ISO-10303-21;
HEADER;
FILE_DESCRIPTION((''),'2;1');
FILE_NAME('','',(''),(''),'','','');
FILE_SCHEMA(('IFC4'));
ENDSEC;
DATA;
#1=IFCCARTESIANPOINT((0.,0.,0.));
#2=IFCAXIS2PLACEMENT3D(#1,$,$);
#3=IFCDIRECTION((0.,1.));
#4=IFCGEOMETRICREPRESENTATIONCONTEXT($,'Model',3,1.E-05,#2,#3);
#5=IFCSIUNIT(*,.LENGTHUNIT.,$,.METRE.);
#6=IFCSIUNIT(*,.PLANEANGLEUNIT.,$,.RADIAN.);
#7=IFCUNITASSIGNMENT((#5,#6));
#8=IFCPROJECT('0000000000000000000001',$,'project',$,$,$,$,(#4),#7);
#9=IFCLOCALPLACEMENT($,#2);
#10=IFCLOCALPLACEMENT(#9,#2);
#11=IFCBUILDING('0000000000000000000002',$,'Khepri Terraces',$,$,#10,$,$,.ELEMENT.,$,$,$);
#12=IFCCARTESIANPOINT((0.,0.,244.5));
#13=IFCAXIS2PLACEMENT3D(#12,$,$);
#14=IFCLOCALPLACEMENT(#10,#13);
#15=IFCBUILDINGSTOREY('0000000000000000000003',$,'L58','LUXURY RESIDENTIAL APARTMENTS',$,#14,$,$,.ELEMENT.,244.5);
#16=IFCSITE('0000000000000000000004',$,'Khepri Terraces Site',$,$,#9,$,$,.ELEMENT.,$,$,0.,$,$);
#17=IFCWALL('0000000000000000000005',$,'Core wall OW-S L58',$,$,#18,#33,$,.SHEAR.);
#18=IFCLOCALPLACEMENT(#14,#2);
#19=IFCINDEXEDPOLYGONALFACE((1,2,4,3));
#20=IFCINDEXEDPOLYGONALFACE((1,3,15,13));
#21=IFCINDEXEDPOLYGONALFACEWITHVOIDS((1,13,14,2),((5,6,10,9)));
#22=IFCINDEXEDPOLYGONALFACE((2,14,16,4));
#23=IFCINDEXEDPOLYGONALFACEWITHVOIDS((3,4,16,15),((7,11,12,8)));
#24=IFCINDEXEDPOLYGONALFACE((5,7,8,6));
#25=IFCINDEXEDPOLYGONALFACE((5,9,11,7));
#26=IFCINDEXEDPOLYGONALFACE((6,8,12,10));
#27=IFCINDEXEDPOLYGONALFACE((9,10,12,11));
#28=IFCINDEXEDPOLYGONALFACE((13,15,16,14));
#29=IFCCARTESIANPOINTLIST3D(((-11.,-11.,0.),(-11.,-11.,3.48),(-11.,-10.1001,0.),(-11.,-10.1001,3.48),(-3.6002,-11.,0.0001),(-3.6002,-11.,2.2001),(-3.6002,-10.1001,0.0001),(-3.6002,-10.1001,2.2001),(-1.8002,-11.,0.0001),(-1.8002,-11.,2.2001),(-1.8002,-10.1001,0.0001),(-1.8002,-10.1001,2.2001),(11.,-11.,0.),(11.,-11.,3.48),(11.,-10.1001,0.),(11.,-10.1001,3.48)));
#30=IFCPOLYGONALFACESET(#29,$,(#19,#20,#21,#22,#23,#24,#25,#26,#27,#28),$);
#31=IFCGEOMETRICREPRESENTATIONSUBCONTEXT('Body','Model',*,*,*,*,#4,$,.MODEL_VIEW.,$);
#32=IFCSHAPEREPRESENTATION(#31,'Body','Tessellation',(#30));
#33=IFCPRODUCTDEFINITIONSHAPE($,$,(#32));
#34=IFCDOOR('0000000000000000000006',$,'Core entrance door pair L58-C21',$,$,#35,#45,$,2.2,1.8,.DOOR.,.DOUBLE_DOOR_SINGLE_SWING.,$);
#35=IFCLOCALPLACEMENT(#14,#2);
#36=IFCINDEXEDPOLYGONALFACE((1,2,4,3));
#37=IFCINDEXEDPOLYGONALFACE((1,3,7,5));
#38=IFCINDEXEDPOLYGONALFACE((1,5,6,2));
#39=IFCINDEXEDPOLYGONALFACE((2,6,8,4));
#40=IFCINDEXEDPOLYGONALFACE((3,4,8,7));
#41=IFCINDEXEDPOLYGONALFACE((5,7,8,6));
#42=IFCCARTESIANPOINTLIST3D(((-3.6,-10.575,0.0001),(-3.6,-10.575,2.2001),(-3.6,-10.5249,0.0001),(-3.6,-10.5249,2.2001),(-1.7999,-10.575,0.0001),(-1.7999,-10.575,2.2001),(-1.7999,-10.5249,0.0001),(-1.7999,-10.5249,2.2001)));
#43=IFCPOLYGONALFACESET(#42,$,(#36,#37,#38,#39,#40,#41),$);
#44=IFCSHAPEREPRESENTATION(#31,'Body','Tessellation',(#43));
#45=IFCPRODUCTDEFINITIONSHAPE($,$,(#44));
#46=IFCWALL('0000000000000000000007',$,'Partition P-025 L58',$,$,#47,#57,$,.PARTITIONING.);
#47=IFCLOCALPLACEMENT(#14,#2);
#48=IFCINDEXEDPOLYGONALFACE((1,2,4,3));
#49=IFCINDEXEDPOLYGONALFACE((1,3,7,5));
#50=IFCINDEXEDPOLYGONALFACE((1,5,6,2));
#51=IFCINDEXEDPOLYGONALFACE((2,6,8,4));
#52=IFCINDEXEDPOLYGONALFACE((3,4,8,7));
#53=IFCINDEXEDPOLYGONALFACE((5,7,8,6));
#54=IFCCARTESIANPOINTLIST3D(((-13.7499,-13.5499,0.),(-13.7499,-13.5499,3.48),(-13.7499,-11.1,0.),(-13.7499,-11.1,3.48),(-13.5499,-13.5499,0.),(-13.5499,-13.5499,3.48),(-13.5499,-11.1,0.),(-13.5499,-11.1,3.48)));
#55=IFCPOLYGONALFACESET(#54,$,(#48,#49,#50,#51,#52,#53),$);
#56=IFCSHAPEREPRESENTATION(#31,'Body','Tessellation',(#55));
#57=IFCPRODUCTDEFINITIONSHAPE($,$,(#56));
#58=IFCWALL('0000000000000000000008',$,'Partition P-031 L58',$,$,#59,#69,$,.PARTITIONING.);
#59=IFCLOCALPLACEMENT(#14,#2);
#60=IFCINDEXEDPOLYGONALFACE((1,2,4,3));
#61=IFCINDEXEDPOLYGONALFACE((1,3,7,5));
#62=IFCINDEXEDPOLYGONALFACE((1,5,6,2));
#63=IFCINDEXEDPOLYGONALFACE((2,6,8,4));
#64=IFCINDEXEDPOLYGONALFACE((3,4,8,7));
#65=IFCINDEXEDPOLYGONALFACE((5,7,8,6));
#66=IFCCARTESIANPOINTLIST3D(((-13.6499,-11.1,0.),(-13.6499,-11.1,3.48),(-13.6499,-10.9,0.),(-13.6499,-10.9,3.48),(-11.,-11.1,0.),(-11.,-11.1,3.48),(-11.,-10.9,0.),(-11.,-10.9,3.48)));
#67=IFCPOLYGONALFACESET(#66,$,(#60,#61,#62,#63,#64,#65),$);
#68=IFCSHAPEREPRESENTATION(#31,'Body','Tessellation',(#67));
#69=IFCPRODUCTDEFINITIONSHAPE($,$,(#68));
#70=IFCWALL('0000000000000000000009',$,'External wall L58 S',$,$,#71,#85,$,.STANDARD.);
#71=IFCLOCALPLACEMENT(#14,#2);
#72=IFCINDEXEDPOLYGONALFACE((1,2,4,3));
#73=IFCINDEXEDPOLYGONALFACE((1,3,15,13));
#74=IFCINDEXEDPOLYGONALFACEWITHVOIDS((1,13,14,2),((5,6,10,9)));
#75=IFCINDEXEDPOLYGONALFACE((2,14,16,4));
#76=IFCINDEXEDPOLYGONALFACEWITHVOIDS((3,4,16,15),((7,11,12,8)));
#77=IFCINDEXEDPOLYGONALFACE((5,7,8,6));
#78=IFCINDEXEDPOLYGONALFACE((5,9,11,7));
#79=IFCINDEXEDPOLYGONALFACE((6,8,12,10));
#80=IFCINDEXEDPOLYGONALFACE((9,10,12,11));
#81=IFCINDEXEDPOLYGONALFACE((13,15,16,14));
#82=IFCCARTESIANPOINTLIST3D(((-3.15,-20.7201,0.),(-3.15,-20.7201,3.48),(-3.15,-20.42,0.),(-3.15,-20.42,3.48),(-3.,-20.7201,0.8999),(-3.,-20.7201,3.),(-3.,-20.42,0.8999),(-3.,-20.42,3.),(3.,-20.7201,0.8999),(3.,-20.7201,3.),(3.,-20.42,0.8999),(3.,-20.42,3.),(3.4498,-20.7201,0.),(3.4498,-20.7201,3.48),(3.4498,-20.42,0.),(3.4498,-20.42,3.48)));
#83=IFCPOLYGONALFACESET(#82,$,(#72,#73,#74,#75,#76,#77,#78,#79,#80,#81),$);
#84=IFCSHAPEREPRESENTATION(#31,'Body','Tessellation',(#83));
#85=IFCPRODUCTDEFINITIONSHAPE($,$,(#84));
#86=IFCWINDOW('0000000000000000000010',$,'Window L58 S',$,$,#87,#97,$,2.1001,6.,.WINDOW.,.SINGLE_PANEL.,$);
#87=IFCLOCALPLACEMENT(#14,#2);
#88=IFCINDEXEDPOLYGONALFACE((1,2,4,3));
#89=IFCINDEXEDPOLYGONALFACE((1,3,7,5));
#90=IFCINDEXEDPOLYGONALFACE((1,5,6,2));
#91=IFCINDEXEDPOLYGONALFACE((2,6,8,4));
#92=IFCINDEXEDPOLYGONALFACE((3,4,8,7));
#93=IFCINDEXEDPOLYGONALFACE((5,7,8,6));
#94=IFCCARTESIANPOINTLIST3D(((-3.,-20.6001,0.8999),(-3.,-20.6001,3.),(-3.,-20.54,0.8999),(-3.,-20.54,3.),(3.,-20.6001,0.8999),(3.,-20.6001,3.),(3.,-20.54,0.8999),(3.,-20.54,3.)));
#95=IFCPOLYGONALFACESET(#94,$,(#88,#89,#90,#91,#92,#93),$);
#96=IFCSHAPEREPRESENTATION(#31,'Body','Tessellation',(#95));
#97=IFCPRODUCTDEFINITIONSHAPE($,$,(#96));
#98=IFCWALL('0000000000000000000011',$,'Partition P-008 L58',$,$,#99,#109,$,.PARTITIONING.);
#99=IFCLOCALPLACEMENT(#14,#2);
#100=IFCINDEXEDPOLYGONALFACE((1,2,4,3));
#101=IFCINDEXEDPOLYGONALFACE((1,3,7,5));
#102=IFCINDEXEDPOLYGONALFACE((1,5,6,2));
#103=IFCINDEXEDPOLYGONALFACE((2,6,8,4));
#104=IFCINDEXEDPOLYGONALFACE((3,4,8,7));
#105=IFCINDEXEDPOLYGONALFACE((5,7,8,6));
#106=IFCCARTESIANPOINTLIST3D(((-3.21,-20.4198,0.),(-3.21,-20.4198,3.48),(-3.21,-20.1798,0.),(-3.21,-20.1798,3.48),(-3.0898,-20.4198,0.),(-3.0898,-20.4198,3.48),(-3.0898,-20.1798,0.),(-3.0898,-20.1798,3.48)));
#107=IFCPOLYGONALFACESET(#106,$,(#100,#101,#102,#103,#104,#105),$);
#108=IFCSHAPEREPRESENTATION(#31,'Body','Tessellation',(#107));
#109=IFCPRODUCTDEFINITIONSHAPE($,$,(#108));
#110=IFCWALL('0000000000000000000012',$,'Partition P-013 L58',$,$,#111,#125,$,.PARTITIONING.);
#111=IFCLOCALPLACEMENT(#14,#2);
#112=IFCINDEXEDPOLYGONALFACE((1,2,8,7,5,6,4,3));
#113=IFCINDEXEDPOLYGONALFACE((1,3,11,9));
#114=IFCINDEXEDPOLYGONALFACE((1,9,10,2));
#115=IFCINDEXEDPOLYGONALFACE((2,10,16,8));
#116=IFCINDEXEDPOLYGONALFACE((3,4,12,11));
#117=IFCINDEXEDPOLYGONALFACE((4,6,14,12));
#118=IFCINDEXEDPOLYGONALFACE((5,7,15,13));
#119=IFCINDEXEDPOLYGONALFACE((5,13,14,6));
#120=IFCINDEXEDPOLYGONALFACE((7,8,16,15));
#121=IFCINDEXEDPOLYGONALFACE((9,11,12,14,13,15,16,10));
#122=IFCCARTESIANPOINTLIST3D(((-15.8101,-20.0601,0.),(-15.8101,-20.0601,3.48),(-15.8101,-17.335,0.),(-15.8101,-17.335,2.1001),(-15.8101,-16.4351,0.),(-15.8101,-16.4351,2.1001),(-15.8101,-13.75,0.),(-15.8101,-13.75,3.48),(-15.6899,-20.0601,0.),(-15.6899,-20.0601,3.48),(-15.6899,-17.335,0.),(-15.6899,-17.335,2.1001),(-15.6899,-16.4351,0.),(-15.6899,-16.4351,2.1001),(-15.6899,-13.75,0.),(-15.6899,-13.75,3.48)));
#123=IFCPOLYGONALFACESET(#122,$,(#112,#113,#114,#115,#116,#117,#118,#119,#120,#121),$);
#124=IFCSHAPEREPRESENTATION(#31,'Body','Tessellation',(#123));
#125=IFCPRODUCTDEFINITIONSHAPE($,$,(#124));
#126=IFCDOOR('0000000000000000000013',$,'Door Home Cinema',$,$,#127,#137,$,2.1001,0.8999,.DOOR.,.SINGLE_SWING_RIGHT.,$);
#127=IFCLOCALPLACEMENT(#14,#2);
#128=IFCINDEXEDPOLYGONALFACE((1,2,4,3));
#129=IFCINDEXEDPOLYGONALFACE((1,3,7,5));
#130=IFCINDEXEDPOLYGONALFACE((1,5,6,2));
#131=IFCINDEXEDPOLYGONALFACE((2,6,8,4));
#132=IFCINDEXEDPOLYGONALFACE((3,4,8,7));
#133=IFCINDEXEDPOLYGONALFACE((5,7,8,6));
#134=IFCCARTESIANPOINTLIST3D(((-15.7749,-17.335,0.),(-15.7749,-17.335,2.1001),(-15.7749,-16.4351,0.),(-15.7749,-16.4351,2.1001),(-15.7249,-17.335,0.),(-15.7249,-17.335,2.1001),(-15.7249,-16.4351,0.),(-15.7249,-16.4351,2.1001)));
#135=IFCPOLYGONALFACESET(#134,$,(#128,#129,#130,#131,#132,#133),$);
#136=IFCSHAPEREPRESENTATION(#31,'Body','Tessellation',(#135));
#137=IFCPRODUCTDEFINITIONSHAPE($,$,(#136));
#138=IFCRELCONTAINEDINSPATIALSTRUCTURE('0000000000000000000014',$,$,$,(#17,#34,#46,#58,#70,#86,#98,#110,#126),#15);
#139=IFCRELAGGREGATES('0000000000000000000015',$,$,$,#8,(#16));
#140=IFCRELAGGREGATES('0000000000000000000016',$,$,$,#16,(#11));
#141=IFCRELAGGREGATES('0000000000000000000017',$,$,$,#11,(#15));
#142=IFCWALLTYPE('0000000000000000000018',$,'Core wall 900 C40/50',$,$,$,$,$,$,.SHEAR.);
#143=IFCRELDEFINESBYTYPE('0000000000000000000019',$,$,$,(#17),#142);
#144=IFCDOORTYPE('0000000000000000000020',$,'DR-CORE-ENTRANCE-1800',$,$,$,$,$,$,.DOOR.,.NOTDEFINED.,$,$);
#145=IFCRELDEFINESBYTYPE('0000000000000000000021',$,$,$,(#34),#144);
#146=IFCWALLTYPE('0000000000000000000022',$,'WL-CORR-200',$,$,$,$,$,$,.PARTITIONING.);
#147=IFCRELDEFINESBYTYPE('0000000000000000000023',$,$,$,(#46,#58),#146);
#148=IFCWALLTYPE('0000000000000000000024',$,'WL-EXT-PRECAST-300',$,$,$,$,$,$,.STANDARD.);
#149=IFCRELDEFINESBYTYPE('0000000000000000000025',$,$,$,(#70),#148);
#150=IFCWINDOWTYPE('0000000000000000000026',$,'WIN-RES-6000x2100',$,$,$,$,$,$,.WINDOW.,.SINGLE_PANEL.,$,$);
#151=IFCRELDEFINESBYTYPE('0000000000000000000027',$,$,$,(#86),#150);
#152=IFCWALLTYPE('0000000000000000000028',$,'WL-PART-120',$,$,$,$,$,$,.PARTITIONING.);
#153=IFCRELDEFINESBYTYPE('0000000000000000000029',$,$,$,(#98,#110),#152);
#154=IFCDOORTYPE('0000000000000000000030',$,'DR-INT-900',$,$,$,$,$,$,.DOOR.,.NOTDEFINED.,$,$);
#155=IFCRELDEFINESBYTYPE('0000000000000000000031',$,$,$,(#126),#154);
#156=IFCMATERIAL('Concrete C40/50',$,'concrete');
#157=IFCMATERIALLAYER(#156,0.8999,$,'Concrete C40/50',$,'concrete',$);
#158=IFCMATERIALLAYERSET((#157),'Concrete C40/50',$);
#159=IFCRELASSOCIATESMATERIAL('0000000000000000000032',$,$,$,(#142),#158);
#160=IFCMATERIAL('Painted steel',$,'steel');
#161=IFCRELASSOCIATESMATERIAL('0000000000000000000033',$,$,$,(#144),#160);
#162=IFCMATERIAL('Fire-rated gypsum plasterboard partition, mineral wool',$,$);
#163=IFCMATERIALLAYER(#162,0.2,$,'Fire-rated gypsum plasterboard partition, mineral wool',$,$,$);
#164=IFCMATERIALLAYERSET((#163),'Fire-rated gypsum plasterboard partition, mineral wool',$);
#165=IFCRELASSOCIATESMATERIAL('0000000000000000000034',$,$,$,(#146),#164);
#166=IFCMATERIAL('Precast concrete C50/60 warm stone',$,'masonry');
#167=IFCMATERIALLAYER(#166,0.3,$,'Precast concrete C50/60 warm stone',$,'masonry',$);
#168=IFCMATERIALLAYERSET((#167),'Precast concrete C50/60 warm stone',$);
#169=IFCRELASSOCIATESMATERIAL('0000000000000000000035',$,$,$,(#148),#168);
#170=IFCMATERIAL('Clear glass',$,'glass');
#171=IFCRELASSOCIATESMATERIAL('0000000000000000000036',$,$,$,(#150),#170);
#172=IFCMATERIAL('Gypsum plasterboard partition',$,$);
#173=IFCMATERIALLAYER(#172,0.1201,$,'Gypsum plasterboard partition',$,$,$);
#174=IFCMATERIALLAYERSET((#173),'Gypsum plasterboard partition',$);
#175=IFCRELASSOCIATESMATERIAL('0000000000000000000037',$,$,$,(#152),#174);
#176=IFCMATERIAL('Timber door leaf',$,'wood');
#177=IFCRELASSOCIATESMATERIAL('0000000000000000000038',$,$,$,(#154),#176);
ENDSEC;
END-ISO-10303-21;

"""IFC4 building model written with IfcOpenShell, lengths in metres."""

from ifc_helpers import new_model, si_unit, direction, frame, frame_2d, origin, place, context, subcontext, project, spatial, rectangle, extrude, material, layer, layer_set, type_object, element, fill, save


model = new_model("IFC4")

# Units and contexts
model_context = context("Model", 3, precision=1e-05, world=origin(), true_north=direction((0.0, 1.0)))
body_context = subcontext(model_context, "Body", "Model", "MODEL_VIEW")
ifc_project = project(units=[si_unit("LENGTHUNIT", "METRE"), si_unit("PLANEANGLEUNIT", "RADIAN")], contexts=[model_context])

# Site, building, storey
site_placement = place(None, origin())
site = spatial("IfcSite", under=ifc_project, at=site_placement, Name="Khepri Terraces Site", CompositionType="ELEMENT", RefElevation=0.0)
building_placement = place(site_placement, origin())
building = spatial("IfcBuilding", under=site, at=building_placement, Name="Khepri Terraces", CompositionType="ELEMENT")
storey_placement = place(building_placement, frame((0.0, 0.0, 244.5)))
storey = spatial("IfcBuildingStorey", under=building, at=storey_placement, Name="L58", Description="LUXURY RESIDENTIAL APARTMENTS", CompositionType="ELEMENT", Elevation=244.5)

# Wall, opening, door
ifc_material_1 = material(Name="Concrete C40/50", Category="concrete")
ifc_layer_1 = layer(ifc_material_1, 0.8999, Name="Concrete C40/50", Category="concrete")
ifc_layer_set_1 = layer_set([ifc_layer_1], Name="Concrete C40/50")
wall_type_1 = type_object("IfcWallType", Name="Core wall 900 C40/50", PredefinedType="SHEAR", material=ifc_layer_set_1)
wall_1_placement = place(storey_placement, frame((-11.0, -10.55, 0.0), z_axis=(0.0, 0.0, 1.0), x_axis=(1.0, 0.0, 0.0)))
wall_1 = element("IfcWall", 1, at=wall_1_placement, inside=storey, type_object=wall_type_1, Name="Core wall OW-S L58", PredefinedType="SHEAR", context=body_context, shape_type="SweptSolid", body=[
    extrude(rectangle(XDim=22.0, YDim=0.8999, at=frame_2d((11.0, 0.0))), origin(), (0.0, 0.0, 1.0), 3.48),
])
opening_1_placement = place(wall_1_placement, frame((7.3999, 0.0, 0.0)))
opening_1 = element("IfcOpeningElement", 2, at=opening_1_placement, cuts=wall_1, PredefinedType="OPENING", context=body_context, shape_type="SweptSolid", body=[
    extrude(rectangle(XDim=1.8, YDim=2.2, at=frame_2d((0.8999, 1.1001))), frame((0.0, 0.46, 0.0), z_axis=(0.0, -1.0, 0.0), x_axis=(1.0, 0.0, 0.0)), (0.0, 0.0, 1.0), 0.9199),
])
ifc_material_2 = material(Name="Painted steel", Category="steel")
door_type_1 = type_object("IfcDoorType", Name="DR-CORE-ENTRANCE-1800", OperationType="NOTDEFINED", PredefinedType="DOOR", material=ifc_material_2)
door_1_placement = place(opening_1_placement, frame((1.8, 0.0, 0.0), z_axis=(0.0, 0.0, 1.0), x_axis=(-1.0, 0.0, 0.0)))
door_1 = element("IfcDoor", 3, at=door_1_placement, inside=storey, type_object=door_type_1, Name="Core entrance door pair L58-C21", OperationType="DOUBLE_DOOR_SINGLE_SWING", OverallHeight=2.2, OverallWidth=1.8, PredefinedType="DOOR", context=body_context, shape_type="SweptSolid", body=[
    extrude(rectangle(XDim=1.8, YDim=2.2, at=frame_2d((0.8999, 1.1001))), frame((0.0, 0.0249, 0.0), z_axis=(0.0, -1.0, 0.0), x_axis=(1.0, 0.0, 0.0)), (0.0, 0.0, 1.0), 0.05),
])
fill(opening_1, door_1)

# Walls
ifc_material_3 = material(Name="Fire-rated gypsum plasterboard partition, mineral wool")
ifc_layer_2 = layer(ifc_material_3, 0.2, Name="Fire-rated gypsum plasterboard partition, mineral wool")
ifc_layer_set_2 = layer_set([ifc_layer_2], Name="Fire-rated gypsum plasterboard partition, mineral wool")
wall_type_2 = type_object("IfcWallType", Name="WL-CORR-200", PredefinedType="PARTITIONING", material=ifc_layer_set_2)
wall_2_placement = place(storey_placement, frame((-13.6499, -13.55, 0.0), z_axis=(0.0, 0.0, 1.0), x_axis=(0.0, 1.0, 0.0)))
element("IfcWall", 4, at=wall_2_placement, inside=storey, type_object=wall_type_2, Name="Partition P-025 L58", PredefinedType="PARTITIONING", context=body_context, shape_type="SweptSolid", body=[
    extrude(rectangle(XDim=2.45, YDim=0.2, at=frame_2d((1.2251, 0.0))), origin(), (0.0, 0.0, 1.0), 3.48),
])
wall_3_placement = place(storey_placement, frame((-13.6499, -11.0, 0.0), z_axis=(0.0, 0.0, 1.0), x_axis=(1.0, 0.0, 0.0)))
element("IfcWall", 5, at=wall_3_placement, inside=storey, type_object=wall_type_2, Name="Partition P-031 L58", PredefinedType="PARTITIONING", context=body_context, shape_type="SweptSolid", body=[
    extrude(rectangle(XDim=2.6499, YDim=0.2, at=frame_2d((1.325, 0.0))), origin(), (0.0, 0.0, 1.0), 3.48),
])

# Wall, opening, window
ifc_material_4 = material(Name="Precast concrete C50/60 warm stone", Category="masonry")
ifc_layer_3 = layer(ifc_material_4, 0.3, Name="Precast concrete C50/60 warm stone", Category="masonry")
ifc_layer_set_3 = layer_set([ifc_layer_3], Name="Precast concrete C50/60 warm stone")
wall_type_3 = type_object("IfcWallType", Name="WL-EXT-PRECAST-300", PredefinedType="STANDARD", material=ifc_layer_set_3)
wall_4_placement = place(storey_placement, frame((-3.1499, -20.5701, 0.0), z_axis=(0.0, 0.0, 1.0), x_axis=(1.0, 0.0, 0.0)))
wall_4 = element("IfcWall", 6, at=wall_4_placement, inside=storey, type_object=wall_type_3, Name="External wall L58 S", PredefinedType="STANDARD", context=body_context, shape_type="SweptSolid", body=[
    extrude(rectangle(XDim=6.5999, YDim=0.3, at=frame_2d((3.2998, 0.0))), origin(), (0.0, 0.0, 1.0), 3.48),
])
opening_2_placement = place(wall_4_placement, frame((0.1499, 0.0, 0.8999)))
opening_2 = element("IfcOpeningElement", 7, at=opening_2_placement, cuts=wall_4, PredefinedType="OPENING", context=body_context, shape_type="SweptSolid", body=[
    extrude(rectangle(XDim=6.0, YDim=2.1001, at=frame_2d((3.0, 1.05))), frame((0.0, 0.1602, 0.0), z_axis=(0.0, -1.0, 0.0), x_axis=(1.0, 0.0, 0.0)), (0.0, 0.0, 1.0), 0.3201),
])
ifc_material_5 = material(Name="Clear glass", Category="glass")
window_type = type_object("IfcWindowType", Name="WIN-RES-6000x2100", PartitioningType="SINGLE_PANEL", PredefinedType="WINDOW", material=ifc_material_5)
window_placement = place(opening_2_placement, origin())
window = element("IfcWindow", 8, at=window_placement, inside=storey, type_object=window_type, Name="Window L58 S", OverallHeight=2.1001, OverallWidth=6.0, PartitioningType="SINGLE_PANEL", PredefinedType="WINDOW", context=body_context, shape_type="SweptSolid", body=[
    extrude(rectangle(XDim=6.0, YDim=2.1001, at=frame_2d((3.0, 1.05))), frame((0.0, 0.03, 0.0), z_axis=(0.0, -1.0, 0.0), x_axis=(1.0, 0.0, 0.0)), (0.0, 0.0, 1.0), 0.0601),
])
fill(opening_2, window)

# Wall
ifc_material_6 = material(Name="Gypsum plasterboard partition")
ifc_layer_4 = layer(ifc_material_6, 0.1201, Name="Gypsum plasterboard partition")
ifc_layer_set_4 = layer_set([ifc_layer_4], Name="Gypsum plasterboard partition")
wall_type_4 = type_object("IfcWallType", Name="WL-PART-120", PredefinedType="PARTITIONING", material=ifc_layer_set_4)
wall_5_placement = place(storey_placement, frame((-3.1499, -20.4199, 0.0), z_axis=(0.0, 0.0, 1.0), x_axis=(0.0, 1.0, 0.0)))
element("IfcWall", 9, at=wall_5_placement, inside=storey, type_object=wall_type_4, Name="Partition P-008 L58", PredefinedType="PARTITIONING", context=body_context, shape_type="SweptSolid", body=[
    extrude(rectangle(XDim=0.24, YDim=0.1201, at=frame_2d((0.1201, 0.0))), origin(), (0.0, 0.0, 1.0), 3.48),
])

# Wall, opening, door
wall_6_placement = place(storey_placement, frame((-15.75, -20.0601, 0.0), z_axis=(0.0, 0.0, 1.0), x_axis=(0.0, 1.0, 0.0)))
wall_6 = element("IfcWall", 10, at=wall_6_placement, inside=storey, type_object=wall_type_4, Name="Partition P-013 L58", PredefinedType="PARTITIONING", context=body_context, shape_type="SweptSolid", body=[
    extrude(rectangle(XDim=6.3101, YDim=0.1201, at=frame_2d((3.155, 0.0))), origin(), (0.0, 0.0, 1.0), 3.48),
])
opening_3_placement = place(wall_6_placement, frame((2.7251, 0.0, 0.0)))
opening_3 = element("IfcOpeningElement", 11, at=opening_3_placement, cuts=wall_6, PredefinedType="OPENING", context=body_context, shape_type="SweptSolid", body=[
    extrude(rectangle(XDim=0.8999, YDim=2.1001, at=frame_2d((0.45, 1.05))), frame((0.0, 0.0701, 0.0), z_axis=(0.0, -1.0, 0.0), x_axis=(1.0, 0.0, 0.0)), (0.0, 0.0, 1.0), 0.1401),
])
ifc_material_7 = material(Name="Timber door leaf", Category="wood")
door_type_2 = type_object("IfcDoorType", Name="DR-INT-900", OperationType="NOTDEFINED", PredefinedType="DOOR", material=ifc_material_7)
door_2_placement = place(opening_3_placement, origin())
door_2 = element("IfcDoor", 12, at=door_2_placement, inside=storey, type_object=door_type_2, Name="Door Home Cinema", OperationType="SINGLE_SWING_RIGHT", OverallHeight=2.1001, OverallWidth=0.8999, PredefinedType="DOOR", context=body_context, shape_type="SweptSolid", body=[
    extrude(rectangle(XDim=0.8999, YDim=2.1001, at=frame_2d((0.45, 1.05))), frame((0.0, 0.0249, 0.0), z_axis=(0.0, -1.0, 0.0), x_axis=(1.0, 0.0, 0.0)), (0.0, 0.0, 1.0), 0.05),
])
fill(opening_3, door_2)

save(model, "model.ifc")
